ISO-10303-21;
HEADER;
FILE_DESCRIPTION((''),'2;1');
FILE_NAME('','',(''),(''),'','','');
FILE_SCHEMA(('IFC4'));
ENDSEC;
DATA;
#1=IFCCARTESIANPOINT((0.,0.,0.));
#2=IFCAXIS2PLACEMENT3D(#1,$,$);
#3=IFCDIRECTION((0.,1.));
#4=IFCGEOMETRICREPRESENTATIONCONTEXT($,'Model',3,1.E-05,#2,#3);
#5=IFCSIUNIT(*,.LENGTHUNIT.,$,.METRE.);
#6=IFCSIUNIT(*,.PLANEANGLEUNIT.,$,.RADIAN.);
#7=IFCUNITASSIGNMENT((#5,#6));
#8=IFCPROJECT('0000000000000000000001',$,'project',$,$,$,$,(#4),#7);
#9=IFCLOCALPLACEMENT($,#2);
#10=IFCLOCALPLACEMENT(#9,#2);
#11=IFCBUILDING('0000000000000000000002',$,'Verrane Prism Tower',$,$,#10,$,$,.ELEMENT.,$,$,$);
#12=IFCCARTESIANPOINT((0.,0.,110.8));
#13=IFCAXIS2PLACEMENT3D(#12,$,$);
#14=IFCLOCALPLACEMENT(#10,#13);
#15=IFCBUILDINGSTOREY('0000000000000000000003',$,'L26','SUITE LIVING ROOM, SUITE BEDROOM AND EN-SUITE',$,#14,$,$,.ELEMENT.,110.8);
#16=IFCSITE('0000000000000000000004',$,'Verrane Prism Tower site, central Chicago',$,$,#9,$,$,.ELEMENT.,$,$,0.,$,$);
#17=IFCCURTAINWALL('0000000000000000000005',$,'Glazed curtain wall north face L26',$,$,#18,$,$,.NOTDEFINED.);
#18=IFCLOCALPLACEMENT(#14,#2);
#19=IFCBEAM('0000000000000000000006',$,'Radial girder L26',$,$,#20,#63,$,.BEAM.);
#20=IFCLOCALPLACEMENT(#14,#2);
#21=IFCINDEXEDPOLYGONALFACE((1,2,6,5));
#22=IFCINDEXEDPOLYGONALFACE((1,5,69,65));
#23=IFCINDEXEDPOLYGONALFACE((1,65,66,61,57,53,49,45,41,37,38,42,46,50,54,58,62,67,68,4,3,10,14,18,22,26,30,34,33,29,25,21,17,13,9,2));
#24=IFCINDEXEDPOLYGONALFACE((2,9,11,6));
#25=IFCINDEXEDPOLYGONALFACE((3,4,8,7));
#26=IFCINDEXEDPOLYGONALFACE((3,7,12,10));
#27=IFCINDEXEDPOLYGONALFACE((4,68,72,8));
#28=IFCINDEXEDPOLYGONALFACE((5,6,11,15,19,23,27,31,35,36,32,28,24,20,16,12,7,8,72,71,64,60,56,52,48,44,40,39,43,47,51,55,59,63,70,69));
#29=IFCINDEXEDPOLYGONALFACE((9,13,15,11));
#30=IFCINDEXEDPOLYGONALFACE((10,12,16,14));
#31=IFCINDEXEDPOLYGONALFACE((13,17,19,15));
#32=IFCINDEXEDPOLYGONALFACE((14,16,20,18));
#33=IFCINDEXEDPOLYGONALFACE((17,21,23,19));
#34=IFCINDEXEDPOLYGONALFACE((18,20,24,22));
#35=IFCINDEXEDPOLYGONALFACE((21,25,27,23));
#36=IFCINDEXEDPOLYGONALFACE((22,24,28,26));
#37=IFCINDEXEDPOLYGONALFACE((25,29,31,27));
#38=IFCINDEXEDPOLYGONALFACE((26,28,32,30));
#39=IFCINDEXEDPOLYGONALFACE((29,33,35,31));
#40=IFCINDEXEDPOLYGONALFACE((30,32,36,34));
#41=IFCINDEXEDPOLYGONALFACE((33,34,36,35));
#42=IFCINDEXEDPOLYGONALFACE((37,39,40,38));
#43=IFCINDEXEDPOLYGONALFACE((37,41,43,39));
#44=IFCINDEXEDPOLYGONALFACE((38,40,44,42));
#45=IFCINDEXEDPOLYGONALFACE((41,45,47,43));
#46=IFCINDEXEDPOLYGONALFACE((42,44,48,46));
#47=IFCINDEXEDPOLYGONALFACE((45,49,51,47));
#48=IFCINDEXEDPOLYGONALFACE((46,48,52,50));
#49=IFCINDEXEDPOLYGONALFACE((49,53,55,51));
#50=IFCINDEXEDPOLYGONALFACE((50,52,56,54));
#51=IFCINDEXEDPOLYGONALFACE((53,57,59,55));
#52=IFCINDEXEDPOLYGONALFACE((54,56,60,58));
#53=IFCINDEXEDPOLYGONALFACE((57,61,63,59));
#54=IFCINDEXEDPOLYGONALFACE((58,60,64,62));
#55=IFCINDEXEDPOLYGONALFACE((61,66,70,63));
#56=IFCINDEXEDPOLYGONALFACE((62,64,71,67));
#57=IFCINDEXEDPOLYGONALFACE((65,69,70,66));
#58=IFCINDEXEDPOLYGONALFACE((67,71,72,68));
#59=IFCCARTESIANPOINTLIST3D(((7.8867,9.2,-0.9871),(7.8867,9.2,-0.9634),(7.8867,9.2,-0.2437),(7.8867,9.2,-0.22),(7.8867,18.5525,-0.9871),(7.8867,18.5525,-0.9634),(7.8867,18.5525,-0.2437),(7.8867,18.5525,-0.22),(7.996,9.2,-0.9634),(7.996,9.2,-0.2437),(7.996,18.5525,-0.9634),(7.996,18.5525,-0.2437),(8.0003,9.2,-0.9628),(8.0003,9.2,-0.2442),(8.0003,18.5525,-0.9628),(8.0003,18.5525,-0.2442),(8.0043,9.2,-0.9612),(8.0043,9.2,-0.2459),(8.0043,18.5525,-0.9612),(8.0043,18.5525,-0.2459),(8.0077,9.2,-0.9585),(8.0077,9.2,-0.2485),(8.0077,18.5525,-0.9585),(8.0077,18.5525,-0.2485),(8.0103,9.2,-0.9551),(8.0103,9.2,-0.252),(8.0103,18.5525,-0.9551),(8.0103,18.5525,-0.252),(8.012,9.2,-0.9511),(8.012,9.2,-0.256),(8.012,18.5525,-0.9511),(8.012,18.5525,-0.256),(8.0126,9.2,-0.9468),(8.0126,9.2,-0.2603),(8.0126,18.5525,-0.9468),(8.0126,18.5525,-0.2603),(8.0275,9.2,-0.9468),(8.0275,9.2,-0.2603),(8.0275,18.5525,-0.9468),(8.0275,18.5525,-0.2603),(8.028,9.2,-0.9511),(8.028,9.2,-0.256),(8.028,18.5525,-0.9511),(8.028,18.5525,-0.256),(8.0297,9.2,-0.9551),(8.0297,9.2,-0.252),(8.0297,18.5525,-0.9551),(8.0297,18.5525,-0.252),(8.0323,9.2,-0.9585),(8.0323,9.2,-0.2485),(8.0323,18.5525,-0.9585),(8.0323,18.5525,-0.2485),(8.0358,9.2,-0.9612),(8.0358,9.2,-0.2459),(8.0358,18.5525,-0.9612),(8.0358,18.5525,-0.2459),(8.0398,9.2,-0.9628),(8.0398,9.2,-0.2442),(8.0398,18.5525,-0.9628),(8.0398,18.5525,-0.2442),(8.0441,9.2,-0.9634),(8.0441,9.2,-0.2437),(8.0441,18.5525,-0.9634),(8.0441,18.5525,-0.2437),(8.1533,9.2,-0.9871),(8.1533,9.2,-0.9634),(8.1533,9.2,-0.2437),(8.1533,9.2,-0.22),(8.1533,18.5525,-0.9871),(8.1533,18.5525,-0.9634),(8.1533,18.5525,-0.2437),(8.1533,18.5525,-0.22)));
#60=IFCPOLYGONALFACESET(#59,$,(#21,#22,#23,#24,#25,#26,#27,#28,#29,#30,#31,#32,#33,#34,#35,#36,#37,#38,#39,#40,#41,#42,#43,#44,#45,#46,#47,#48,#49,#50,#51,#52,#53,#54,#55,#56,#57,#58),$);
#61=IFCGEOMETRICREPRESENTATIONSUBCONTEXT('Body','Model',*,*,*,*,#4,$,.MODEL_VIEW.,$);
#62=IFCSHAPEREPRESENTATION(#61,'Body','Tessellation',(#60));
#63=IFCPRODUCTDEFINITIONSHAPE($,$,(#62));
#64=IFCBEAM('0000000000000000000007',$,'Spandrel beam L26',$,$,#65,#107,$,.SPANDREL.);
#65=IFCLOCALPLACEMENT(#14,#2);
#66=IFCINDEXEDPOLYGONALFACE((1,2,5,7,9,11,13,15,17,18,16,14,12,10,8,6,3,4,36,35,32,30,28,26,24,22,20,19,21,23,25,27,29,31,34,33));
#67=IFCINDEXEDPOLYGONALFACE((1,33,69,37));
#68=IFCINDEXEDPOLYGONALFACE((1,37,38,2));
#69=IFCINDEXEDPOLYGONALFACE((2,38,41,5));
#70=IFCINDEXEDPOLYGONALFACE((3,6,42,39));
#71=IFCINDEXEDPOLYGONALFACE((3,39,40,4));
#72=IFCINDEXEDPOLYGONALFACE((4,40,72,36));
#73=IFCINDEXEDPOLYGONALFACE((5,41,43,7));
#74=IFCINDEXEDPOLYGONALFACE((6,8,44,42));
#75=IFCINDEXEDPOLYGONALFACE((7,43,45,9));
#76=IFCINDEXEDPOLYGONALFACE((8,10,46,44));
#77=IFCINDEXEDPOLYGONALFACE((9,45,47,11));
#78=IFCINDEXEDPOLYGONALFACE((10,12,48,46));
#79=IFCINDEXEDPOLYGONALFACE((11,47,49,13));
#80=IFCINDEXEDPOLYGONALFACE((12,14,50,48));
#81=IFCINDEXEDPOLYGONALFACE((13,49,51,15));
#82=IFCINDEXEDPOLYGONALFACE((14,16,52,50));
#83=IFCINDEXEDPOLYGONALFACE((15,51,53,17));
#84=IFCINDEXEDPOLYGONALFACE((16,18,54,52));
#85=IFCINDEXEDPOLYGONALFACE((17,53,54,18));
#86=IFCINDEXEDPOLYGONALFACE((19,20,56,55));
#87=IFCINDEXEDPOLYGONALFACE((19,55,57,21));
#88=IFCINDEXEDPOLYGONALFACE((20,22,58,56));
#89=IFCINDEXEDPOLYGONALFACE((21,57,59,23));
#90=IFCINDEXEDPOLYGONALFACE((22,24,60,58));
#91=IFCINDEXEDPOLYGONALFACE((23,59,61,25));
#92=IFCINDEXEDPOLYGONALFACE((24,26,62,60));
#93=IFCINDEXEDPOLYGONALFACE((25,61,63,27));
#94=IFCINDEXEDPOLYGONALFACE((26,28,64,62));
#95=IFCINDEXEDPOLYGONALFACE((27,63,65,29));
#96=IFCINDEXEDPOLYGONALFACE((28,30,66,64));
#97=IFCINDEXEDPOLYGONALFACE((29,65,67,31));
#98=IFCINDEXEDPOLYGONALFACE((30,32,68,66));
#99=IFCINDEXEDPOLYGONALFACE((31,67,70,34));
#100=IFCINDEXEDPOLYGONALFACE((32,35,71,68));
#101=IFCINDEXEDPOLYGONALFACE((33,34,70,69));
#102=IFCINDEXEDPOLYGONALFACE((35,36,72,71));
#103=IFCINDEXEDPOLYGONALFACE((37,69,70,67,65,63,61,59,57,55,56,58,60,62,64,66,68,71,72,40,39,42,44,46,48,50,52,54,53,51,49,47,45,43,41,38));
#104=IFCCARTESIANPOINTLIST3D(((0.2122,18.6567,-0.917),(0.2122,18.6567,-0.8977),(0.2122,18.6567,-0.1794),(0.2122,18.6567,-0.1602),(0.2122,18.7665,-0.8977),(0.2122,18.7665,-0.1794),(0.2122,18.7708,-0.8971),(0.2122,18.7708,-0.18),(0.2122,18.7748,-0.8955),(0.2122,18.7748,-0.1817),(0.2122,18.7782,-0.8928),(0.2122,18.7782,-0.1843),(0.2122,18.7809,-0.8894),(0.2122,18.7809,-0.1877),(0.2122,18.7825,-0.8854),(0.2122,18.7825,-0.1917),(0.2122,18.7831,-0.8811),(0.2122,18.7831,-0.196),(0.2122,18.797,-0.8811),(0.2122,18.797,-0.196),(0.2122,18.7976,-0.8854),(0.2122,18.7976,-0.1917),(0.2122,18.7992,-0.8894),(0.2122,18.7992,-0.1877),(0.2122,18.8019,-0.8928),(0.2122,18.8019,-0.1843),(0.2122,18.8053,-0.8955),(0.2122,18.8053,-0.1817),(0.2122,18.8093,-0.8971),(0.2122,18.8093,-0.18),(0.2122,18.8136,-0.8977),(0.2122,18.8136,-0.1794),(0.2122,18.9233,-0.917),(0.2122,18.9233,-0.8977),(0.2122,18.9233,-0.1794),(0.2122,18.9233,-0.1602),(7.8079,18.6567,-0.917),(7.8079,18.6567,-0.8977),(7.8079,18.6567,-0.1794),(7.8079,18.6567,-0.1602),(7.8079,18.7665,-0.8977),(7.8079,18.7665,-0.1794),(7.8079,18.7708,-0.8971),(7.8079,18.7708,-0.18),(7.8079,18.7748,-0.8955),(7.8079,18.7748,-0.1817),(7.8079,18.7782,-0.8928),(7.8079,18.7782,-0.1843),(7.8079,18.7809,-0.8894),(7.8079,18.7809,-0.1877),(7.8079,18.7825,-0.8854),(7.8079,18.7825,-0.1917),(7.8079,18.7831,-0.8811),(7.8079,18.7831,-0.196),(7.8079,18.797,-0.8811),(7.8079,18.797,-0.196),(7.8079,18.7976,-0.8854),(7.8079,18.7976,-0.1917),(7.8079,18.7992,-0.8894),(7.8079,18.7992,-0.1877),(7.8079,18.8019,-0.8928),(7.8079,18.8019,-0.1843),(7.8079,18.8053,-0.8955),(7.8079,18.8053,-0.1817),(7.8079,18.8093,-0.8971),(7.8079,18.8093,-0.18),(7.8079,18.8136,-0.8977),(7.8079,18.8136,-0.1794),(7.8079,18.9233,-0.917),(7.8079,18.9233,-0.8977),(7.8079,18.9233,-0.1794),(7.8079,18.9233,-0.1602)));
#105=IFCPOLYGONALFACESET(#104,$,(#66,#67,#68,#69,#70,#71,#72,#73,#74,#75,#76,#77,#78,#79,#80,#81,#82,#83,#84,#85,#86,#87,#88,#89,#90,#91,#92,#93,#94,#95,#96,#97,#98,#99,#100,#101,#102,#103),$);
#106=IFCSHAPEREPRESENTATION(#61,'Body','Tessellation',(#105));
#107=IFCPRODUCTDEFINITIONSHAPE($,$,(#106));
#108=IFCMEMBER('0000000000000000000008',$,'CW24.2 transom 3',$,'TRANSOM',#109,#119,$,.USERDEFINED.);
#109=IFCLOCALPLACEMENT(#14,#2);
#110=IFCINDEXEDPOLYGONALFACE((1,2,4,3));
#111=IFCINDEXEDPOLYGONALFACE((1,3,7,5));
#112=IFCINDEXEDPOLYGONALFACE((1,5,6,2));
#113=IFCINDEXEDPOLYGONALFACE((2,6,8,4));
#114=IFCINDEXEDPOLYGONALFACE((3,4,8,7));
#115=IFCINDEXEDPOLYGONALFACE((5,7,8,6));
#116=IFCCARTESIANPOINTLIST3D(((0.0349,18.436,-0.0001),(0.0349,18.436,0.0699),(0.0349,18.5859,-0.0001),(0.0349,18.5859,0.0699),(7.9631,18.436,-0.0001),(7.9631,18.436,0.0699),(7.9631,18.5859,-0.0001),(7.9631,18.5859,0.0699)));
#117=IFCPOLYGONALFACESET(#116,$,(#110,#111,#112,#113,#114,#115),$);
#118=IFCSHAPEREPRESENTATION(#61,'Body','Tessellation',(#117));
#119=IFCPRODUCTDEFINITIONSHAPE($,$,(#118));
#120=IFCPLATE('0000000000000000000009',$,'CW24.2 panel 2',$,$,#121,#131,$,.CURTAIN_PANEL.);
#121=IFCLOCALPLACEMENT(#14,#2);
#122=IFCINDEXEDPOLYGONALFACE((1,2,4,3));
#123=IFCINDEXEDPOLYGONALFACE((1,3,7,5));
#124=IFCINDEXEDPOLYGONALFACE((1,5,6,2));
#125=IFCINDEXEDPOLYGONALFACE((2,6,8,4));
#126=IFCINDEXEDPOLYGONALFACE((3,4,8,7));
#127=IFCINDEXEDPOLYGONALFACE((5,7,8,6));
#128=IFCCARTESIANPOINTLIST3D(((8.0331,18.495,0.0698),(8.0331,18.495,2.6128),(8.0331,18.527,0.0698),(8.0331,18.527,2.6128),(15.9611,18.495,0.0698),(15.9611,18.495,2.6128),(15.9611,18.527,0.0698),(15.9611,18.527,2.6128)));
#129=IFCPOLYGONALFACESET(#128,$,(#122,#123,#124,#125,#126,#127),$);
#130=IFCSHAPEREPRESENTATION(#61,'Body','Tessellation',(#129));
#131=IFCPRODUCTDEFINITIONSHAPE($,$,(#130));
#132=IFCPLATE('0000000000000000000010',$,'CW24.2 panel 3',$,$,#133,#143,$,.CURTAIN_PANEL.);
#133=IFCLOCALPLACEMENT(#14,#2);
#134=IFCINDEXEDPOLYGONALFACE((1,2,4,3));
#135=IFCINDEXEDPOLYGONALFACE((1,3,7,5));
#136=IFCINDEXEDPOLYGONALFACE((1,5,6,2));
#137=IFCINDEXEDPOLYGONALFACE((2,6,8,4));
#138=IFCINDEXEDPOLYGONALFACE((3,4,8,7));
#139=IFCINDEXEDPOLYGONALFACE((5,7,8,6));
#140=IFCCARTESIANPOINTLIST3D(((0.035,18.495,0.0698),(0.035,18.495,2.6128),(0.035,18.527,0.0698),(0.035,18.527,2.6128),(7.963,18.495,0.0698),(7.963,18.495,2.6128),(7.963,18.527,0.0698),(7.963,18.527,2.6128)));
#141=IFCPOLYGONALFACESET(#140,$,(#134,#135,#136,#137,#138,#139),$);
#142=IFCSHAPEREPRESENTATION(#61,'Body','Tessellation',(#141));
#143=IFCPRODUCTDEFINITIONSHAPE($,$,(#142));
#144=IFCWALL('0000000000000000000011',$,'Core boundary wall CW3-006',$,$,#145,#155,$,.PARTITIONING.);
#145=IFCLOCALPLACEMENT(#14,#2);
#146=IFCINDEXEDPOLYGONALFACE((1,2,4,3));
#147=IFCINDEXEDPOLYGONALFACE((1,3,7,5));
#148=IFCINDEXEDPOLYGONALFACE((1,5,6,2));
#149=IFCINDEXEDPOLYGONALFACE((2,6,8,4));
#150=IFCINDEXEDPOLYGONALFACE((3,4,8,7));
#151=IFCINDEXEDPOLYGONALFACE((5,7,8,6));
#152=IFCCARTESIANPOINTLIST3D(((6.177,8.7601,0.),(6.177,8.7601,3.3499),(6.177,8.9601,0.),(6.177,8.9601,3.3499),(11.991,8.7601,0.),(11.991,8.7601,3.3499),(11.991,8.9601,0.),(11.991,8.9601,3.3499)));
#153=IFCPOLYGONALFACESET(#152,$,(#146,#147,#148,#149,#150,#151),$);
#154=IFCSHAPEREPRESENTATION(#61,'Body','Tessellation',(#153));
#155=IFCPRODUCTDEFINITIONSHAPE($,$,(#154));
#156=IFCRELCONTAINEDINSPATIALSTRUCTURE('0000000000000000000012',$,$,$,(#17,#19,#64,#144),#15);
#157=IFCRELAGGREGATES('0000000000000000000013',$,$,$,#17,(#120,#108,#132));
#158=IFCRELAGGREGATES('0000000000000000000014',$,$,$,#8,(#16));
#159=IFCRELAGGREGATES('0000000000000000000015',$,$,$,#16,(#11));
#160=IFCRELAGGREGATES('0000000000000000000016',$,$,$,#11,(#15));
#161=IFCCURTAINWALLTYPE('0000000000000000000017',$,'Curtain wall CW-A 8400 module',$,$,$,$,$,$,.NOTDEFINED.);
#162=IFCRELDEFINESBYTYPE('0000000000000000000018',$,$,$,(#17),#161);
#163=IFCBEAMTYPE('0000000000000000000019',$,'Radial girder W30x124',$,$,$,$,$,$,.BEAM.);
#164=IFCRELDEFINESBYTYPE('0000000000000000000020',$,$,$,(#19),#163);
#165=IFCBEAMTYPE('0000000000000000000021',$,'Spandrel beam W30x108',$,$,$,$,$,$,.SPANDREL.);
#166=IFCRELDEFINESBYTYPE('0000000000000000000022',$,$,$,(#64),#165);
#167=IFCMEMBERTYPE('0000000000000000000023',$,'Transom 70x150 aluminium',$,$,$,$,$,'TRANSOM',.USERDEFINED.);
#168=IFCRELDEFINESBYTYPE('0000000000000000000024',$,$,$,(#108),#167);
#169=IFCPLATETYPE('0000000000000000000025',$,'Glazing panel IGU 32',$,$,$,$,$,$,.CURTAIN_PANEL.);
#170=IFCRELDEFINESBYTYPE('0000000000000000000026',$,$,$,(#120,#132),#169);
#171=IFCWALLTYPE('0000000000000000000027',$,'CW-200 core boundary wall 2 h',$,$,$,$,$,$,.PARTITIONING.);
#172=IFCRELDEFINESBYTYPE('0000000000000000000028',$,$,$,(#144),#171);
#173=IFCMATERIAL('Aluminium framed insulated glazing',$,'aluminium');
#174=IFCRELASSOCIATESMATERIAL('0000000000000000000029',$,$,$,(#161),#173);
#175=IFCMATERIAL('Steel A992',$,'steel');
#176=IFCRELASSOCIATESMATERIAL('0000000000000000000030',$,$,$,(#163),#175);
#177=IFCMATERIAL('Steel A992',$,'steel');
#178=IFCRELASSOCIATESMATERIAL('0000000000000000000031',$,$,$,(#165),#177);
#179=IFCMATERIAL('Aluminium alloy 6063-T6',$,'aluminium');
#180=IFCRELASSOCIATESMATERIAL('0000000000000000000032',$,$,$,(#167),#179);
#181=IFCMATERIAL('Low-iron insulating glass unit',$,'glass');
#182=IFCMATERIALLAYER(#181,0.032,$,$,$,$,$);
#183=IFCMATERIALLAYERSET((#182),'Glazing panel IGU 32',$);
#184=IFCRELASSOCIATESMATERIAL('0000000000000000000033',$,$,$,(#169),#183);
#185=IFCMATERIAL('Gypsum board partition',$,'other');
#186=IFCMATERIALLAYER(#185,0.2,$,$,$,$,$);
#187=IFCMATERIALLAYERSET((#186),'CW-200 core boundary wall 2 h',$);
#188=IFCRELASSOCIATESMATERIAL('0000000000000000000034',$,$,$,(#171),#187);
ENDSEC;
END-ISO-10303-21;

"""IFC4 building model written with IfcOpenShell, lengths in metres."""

from ifc_helpers import new_model, si_unit, direction, frame, frame_2d, origin, origin_2d, place, context, subcontext, project, spatial, rectangle, i_section, extrude, material, layer, layer_set, material_profile, profile_set, type_object, element, aggregate, save


model = new_model("IFC4")

# Units and contexts
model_context = context("Model", 3, precision=1e-05, world=origin(), true_north=direction((0.0, 1.0)))
body_context = subcontext(model_context, "Body", "Model", "MODEL_VIEW")
ifc_project = project(units=[si_unit("LENGTHUNIT", "METRE"), si_unit("PLANEANGLEUNIT", "RADIAN")], contexts=[model_context])

# Site, building, storey
site_placement = place(None, origin())
site = spatial("IfcSite", under=ifc_project, at=site_placement, Name="Verrane Prism Tower site, central Chicago", CompositionType="ELEMENT", RefElevation=0.0)
building_placement = place(site_placement, origin())
building = spatial("IfcBuilding", under=site, at=building_placement, Name="Verrane Prism Tower", CompositionType="ELEMENT")
storey_placement = place(building_placement, frame((0.0, 0.0, 110.8)))
storey = spatial("IfcBuildingStorey", under=building, at=storey_placement, Name="L26", Description="SUITE LIVING ROOM, SUITE BEDROOM AND EN-SUITE", CompositionType="ELEMENT", Elevation=110.8)

# Curtain wall
ifc_material_1 = material(Name="Aluminium framed insulated glazing", Category="aluminium")
curtain_wall_type = type_object("IfcCurtainWallType", Name="Curtain wall CW-A 8400 module", PredefinedType="NOTDEFINED", material=ifc_material_1)
curtain_wall_placement = place(storey_placement, origin())
curtain_wall = element("IfcCurtainWall", 1, at=curtain_wall_placement, inside=storey, type_object=curtain_wall_type, Name="Glazed curtain wall north face L26", PredefinedType="NOTDEFINED")

# Beams
ifc_material_2 = material(Name="Steel A992", Category="steel")
ifc_material_profile_1 = material_profile(ifc_material_2, i_section(OverallWidth=0.2666, OverallDepth=0.7671, WebThickness=0.0149, FlangeThickness=0.0237, FilletRadius=0.0166, at=origin_2d()), Name="W30x124")
ifc_profile_set_1 = profile_set([ifc_material_profile_1], Name="Steel A992")
beam_type_1 = type_object("IfcBeamType", Name="Radial girder W30x124", PredefinedType="BEAM", material=ifc_profile_set_1)
beam_1_placement = place(storey_placement, frame((8.02, 18.5525, -0.6035), z_axis=(0.0, -1.0, 0.0), x_axis=(1.0, 0.0, 0.0)))
element("IfcBeam", 2, at=beam_1_placement, inside=storey, type_object=beam_type_1, Name="Radial girder L26", PredefinedType="BEAM", context=body_context, shape_type="SweptSolid", body=[
    extrude(i_section(OverallWidth=0.2666, OverallDepth=0.7671, WebThickness=0.0149, FlangeThickness=0.0237, FilletRadius=0.0166, at=origin_2d()), origin(), (0.0, 0.0, 1.0), 9.3525),
])
ifc_material_3 = material(Name="Steel A992", Category="steel")
ifc_material_profile_2 = material_profile(ifc_material_3, i_section(OverallWidth=0.2666, OverallDepth=0.7568, WebThickness=0.0139, FlangeThickness=0.0193, FilletRadius=0.0166, at=origin_2d()), Name="W30x108")
ifc_profile_set_2 = profile_set([ifc_material_profile_2], Name="Steel A992")
beam_type_2 = type_object("IfcBeamType", Name="Spandrel beam W30x108", PredefinedType="SPANDREL", material=ifc_profile_set_2)
beam_2_placement = place(storey_placement, frame((7.8079, 18.79, -0.5386), z_axis=(-1.0, 0.0, 0.0), x_axis=(0.0, -1.0, 0.0)))
element("IfcBeam", 3, at=beam_2_placement, inside=storey, type_object=beam_type_2, Name="Spandrel beam L26", PredefinedType="SPANDREL", context=body_context, shape_type="SweptSolid", body=[
    extrude(i_section(OverallWidth=0.2666, OverallDepth=0.7568, WebThickness=0.0139, FlangeThickness=0.0193, FilletRadius=0.0166, at=origin_2d()), origin(), (0.0, 0.0, 1.0), 7.5957),
])

# Member
ifc_material_4 = material(Name="Aluminium alloy 6063-T6", Category="aluminium")
ifc_material_profile_3 = material_profile(ifc_material_4, rectangle(XDim=0.1499, YDim=0.0701, at=origin_2d()), Name="Transom 70x150 aluminium")
ifc_profile_set_3 = profile_set([ifc_material_profile_3], Name="Aluminium alloy 6063-T6")
member_type_1 = type_object("IfcMemberType", Name="Transom 70x150 aluminium", ElementType="TRANSOM", PredefinedType="USERDEFINED", material=ifc_profile_set_3)
member_1_placement = place(storey_placement, frame((7.9631, 18.511, 0.0349), z_axis=(-1.0, 0.0, 0.0), x_axis=(0.0, -1.0, 0.0)))
member_1 = element("IfcMember", 4, at=member_1_placement, type_object=member_type_1, Name="CW24.2 transom 3", ObjectType="TRANSOM", PredefinedType="USERDEFINED", context=body_context, shape_type="SweptSolid", body=[
    extrude(rectangle(XDim=0.1499, YDim=0.0701, at=origin_2d()), origin(), (0.0, 0.0, 1.0), 7.9282),
])

# Plates
ifc_material_5 = material(Name="Low-iron insulating glass unit", Category="glass")
ifc_layer_1 = layer(ifc_material_5, 0.032)
ifc_layer_set_1 = layer_set([ifc_layer_1], Name="Glazing panel IGU 32")
plate_type = type_object("IfcPlateType", Name="Glazing panel IGU 32", PredefinedType="CURTAIN_PANEL", material=ifc_layer_set_1)
plate_1_placement = place(storey_placement, frame((11.9971, 18.511, 0.0698), z_axis=(0.0, 0.0, 1.0), x_axis=(-1.0, 0.0, 0.0)))
plate_1 = element("IfcPlate", 5, at=plate_1_placement, type_object=plate_type, Name="CW24.2 panel 2", PredefinedType="CURTAIN_PANEL", context=body_context, shape_type="SweptSolid", body=[
    extrude(rectangle(XDim=7.928, YDim=0.032, at=origin_2d()), origin(), (0.0, 0.0, 1.0), 2.543),
])
plate_2_placement = place(storey_placement, frame((3.999, 18.511, 0.0698), z_axis=(0.0, 0.0, 1.0), x_axis=(-1.0, 0.0, 0.0)))
plate_2 = element("IfcPlate", 6, at=plate_2_placement, type_object=plate_type, Name="CW24.2 panel 3", PredefinedType="CURTAIN_PANEL", context=body_context, shape_type="SweptSolid", body=[
    extrude(rectangle(XDim=7.928, YDim=0.032, at=origin_2d()), origin(), (0.0, 0.0, 1.0), 2.543),
])
aggregate(curtain_wall, [plate_1, member_1, plate_2])

# Wall
ifc_material_6 = material(Name="Gypsum board partition", Category="other")
ifc_layer_2 = layer(ifc_material_6, 0.2)
ifc_layer_set_2 = layer_set([ifc_layer_2], Name="CW-200 core boundary wall 2 h")
wall_type_1 = type_object("IfcWallType", Name="CW-200 core boundary wall 2 h", PredefinedType="PARTITIONING", material=ifc_layer_set_2)
wall_1_placement = place(storey_placement, frame((6.177, 8.8601, 0.0), z_axis=(0.0, 0.0, 1.0), x_axis=(1.0, 0.0, 0.0)))
element("IfcWall", 7, at=wall_1_placement, inside=storey, type_object=wall_type_1, Name="Core boundary wall CW3-006", PredefinedType="PARTITIONING", context=body_context, shape_type="SweptSolid", body=[
    extrude(rectangle(XDim=5.814, YDim=0.2, at=frame_2d((2.907, 0.0))), origin(), (0.0, 0.0, 1.0), 3.3499),
])

save(model, "model.ifc")
